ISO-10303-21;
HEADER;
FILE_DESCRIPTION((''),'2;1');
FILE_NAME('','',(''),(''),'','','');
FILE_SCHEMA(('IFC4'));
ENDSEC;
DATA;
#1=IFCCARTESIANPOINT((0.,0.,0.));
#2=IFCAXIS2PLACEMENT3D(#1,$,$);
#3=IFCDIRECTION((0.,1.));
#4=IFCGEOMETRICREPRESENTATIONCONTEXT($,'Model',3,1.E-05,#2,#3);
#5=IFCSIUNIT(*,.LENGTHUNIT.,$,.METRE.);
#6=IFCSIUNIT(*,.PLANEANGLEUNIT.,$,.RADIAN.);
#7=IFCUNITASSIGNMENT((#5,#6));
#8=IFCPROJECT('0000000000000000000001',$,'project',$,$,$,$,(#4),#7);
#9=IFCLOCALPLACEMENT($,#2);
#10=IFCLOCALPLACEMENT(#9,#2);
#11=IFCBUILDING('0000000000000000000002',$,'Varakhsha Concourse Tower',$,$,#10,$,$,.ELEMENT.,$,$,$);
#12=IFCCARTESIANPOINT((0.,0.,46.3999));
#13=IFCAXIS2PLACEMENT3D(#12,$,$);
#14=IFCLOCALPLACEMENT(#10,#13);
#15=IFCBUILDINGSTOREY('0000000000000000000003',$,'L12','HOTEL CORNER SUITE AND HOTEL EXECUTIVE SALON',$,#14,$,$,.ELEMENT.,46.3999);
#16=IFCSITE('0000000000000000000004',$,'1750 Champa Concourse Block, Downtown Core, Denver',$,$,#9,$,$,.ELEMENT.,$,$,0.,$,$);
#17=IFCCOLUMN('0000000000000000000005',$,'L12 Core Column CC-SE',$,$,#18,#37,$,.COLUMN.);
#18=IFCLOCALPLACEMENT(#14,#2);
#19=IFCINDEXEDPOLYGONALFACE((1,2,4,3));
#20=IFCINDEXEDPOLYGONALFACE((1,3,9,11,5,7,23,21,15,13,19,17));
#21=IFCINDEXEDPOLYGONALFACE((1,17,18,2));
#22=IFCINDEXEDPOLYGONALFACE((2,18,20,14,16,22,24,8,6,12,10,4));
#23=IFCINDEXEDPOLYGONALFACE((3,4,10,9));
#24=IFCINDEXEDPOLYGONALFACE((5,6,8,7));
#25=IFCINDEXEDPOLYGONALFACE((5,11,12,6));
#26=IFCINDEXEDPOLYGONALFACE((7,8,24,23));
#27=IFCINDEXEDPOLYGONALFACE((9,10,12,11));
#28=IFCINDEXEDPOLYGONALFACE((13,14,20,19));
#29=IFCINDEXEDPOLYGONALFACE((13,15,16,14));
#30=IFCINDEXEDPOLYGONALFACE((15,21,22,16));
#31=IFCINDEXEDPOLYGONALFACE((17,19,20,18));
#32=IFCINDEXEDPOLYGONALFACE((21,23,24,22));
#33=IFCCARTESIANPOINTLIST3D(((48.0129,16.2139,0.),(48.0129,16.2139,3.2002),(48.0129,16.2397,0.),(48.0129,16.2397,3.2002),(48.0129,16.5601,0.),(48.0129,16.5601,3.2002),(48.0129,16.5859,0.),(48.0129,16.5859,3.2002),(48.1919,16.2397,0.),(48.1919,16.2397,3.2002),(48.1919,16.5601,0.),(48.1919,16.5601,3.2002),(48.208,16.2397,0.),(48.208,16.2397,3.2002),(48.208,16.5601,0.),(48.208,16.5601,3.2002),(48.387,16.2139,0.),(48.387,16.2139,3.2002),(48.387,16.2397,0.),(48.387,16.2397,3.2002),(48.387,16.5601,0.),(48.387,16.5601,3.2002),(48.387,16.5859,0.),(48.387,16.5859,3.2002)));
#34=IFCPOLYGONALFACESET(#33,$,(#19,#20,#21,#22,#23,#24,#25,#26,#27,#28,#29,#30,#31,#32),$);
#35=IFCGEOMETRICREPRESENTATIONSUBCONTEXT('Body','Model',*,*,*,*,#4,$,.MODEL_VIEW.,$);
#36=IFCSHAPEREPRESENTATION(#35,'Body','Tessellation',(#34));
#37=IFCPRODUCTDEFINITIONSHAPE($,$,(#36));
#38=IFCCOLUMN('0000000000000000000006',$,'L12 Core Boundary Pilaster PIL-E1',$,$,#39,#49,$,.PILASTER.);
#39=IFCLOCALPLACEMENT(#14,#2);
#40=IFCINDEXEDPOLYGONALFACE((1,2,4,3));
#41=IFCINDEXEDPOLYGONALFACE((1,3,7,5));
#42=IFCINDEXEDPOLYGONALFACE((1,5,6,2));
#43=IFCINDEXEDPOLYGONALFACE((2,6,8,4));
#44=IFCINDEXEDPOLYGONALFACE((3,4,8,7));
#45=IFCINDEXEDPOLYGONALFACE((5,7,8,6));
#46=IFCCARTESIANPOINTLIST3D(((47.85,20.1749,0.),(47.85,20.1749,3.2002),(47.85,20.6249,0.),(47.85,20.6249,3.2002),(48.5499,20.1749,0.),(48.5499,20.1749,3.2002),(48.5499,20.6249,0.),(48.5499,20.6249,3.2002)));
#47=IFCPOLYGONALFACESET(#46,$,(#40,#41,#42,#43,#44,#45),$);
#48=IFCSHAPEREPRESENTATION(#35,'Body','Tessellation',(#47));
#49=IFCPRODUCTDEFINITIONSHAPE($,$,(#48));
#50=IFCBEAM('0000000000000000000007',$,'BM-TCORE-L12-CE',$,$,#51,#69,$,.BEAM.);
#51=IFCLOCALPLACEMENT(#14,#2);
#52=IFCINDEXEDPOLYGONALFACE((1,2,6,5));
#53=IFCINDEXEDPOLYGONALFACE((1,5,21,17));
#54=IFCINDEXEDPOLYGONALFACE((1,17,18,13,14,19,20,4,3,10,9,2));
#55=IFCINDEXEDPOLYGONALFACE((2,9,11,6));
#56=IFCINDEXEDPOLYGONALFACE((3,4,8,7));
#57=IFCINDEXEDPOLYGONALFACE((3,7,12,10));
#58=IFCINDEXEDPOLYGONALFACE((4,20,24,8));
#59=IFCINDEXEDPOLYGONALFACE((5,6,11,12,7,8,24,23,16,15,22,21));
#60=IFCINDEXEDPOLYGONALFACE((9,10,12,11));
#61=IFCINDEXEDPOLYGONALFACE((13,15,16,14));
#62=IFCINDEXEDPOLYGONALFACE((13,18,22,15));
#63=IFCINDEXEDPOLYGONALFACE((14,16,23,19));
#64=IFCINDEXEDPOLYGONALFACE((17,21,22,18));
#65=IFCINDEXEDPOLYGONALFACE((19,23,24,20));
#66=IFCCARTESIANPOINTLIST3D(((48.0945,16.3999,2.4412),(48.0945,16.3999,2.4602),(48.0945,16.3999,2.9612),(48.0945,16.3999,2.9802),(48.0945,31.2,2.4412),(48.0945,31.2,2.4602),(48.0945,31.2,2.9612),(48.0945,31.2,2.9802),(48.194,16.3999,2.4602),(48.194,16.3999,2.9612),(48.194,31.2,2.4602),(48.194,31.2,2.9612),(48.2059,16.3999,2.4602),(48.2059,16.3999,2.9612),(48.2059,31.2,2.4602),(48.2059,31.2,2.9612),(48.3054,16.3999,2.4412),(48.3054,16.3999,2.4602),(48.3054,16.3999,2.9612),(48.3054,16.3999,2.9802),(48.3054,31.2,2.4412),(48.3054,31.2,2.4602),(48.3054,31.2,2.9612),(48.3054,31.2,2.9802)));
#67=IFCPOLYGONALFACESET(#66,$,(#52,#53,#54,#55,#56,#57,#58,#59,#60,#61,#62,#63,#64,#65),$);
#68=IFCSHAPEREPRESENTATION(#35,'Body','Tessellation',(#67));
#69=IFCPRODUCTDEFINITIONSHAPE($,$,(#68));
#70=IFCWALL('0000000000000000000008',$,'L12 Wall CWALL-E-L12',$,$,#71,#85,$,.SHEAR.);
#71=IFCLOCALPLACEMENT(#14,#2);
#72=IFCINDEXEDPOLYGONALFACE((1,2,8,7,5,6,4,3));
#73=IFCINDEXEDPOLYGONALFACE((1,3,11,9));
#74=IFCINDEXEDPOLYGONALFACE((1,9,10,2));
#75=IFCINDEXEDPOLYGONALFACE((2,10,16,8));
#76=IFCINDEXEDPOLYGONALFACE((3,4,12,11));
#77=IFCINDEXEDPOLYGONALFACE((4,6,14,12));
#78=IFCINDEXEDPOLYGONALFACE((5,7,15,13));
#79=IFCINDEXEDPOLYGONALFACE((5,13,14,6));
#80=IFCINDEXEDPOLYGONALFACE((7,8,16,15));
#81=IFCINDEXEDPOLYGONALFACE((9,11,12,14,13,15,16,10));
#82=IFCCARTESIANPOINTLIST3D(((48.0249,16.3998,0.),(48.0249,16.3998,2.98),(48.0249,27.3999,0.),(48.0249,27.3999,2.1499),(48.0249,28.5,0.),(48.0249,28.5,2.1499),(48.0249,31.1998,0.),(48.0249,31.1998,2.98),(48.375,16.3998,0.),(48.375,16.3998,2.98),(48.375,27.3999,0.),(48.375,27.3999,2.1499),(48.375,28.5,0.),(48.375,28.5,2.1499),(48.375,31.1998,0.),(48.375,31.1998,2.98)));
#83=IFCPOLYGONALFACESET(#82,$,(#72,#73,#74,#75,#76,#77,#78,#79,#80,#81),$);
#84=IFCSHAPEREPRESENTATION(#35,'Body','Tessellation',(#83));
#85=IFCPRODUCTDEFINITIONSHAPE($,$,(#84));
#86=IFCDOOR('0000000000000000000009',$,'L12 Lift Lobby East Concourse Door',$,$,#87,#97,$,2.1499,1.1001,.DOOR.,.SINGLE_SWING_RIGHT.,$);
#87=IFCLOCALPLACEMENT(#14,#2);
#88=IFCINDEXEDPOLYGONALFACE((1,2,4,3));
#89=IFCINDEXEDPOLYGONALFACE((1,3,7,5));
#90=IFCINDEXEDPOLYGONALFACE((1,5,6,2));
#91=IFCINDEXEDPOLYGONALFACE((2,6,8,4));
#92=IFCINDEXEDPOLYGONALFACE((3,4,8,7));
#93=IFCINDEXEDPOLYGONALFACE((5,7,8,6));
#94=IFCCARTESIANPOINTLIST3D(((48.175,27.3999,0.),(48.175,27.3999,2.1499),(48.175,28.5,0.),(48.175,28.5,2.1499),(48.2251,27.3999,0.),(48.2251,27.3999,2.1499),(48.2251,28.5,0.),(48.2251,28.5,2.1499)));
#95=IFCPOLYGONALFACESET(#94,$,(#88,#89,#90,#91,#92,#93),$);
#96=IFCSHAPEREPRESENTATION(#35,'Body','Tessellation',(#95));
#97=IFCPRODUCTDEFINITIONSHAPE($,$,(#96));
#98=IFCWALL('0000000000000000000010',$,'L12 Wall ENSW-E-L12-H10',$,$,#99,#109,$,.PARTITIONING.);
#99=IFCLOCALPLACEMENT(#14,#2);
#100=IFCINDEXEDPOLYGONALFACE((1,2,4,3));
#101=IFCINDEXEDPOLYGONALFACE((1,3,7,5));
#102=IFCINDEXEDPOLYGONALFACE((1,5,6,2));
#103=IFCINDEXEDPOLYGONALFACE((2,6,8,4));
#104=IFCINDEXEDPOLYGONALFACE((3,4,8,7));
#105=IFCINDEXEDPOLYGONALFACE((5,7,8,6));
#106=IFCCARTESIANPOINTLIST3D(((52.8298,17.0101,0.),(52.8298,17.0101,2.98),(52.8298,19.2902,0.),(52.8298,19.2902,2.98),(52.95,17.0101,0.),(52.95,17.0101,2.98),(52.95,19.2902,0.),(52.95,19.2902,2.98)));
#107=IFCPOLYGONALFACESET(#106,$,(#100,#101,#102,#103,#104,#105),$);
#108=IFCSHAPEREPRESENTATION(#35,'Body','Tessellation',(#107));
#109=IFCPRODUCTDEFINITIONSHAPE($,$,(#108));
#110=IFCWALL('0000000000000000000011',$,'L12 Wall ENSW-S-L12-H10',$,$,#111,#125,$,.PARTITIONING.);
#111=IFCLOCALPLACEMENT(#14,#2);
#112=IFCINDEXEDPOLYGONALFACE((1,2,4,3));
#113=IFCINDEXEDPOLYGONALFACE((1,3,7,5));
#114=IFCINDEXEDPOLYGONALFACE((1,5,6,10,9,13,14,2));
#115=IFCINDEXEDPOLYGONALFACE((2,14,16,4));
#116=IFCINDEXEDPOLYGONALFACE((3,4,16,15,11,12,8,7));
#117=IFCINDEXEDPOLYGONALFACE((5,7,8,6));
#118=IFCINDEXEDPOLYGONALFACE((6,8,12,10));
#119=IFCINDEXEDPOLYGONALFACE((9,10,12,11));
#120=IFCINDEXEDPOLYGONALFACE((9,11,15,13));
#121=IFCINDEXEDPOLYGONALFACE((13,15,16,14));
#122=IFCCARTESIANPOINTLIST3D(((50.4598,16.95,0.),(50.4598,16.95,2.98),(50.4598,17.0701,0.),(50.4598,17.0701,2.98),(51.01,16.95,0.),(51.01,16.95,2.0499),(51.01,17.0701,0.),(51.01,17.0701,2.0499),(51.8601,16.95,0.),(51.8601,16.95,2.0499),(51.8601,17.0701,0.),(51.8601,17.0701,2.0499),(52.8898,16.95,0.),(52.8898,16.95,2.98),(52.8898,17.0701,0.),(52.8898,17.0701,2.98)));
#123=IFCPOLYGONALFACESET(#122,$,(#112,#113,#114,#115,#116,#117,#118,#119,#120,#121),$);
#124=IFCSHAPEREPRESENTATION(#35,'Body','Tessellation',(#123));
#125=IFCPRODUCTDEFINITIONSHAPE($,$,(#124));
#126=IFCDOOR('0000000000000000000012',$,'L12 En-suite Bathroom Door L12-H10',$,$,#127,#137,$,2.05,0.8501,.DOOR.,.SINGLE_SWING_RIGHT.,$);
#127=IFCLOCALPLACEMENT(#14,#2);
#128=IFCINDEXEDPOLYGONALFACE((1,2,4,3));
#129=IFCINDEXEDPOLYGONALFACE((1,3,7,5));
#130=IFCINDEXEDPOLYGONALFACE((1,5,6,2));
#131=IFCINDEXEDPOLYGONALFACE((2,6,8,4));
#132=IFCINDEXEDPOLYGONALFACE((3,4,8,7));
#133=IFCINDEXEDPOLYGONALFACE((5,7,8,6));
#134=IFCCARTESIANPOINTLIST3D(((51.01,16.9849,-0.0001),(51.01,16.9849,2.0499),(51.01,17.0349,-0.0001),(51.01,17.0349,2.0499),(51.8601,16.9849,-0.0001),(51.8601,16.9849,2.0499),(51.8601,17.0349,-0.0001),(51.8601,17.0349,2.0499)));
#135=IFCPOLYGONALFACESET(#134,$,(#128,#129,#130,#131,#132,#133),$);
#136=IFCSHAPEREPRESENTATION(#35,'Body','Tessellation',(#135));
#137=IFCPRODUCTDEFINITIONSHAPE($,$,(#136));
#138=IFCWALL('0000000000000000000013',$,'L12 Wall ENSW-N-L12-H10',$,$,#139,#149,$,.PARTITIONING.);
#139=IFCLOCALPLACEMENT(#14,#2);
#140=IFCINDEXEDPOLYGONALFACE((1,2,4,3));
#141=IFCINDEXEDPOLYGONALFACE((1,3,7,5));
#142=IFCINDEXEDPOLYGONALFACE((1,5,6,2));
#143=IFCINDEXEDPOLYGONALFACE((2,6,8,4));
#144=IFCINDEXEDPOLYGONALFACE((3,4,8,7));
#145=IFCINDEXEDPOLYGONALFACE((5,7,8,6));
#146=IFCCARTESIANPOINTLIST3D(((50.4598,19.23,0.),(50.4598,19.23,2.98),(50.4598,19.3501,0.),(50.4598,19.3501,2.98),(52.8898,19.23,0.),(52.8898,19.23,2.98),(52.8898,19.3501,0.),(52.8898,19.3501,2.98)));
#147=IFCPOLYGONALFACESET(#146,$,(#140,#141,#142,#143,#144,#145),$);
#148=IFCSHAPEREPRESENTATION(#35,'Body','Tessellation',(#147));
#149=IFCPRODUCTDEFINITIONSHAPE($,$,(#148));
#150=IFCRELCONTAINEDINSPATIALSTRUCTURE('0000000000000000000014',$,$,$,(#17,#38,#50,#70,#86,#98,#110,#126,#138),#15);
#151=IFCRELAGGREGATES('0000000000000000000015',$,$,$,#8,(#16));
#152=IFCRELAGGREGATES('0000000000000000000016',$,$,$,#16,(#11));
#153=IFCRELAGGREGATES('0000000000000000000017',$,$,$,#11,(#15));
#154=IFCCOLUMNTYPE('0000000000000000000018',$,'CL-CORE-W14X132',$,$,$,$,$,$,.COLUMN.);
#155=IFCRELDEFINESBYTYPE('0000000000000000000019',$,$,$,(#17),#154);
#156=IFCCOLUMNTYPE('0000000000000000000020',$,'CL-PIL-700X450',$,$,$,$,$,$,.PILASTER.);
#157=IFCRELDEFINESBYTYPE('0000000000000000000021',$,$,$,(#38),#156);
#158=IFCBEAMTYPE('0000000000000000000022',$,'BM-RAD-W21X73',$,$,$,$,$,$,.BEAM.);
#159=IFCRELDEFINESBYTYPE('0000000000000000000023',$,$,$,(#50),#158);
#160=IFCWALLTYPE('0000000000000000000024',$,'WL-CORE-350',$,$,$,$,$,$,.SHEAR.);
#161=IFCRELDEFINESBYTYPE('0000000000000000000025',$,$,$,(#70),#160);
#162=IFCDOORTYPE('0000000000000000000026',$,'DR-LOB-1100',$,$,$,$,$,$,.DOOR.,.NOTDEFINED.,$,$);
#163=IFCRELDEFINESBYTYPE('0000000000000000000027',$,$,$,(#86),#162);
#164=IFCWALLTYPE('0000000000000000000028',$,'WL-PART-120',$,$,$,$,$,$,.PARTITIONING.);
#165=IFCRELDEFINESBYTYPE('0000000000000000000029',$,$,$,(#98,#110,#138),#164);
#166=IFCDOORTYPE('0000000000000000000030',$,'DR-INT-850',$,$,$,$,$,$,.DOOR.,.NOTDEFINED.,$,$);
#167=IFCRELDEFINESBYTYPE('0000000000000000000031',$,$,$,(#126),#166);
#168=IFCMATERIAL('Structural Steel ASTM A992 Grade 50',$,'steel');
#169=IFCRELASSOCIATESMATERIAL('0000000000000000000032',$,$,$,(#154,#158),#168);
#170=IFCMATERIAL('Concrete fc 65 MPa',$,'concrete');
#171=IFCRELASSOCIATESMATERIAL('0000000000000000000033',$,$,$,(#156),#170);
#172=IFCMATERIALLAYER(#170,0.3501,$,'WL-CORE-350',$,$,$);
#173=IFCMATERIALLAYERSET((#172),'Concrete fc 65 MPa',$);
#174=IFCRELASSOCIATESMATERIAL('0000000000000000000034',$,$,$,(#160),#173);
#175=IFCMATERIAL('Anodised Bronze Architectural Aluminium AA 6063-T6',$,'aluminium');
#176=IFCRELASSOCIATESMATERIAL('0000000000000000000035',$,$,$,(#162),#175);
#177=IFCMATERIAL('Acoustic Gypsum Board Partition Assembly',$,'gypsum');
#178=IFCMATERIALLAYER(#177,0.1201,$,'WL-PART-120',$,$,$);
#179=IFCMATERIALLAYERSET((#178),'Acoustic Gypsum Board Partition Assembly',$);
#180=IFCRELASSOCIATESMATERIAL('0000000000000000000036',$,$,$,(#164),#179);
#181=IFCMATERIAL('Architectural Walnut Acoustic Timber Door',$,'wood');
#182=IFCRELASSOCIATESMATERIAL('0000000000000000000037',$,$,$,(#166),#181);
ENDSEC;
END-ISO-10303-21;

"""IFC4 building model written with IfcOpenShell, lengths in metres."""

from ifc_helpers import new_model, si_unit, direction, frame, frame_2d, origin, origin_2d, place, context, subcontext, project, spatial, rectangle, i_section, extrude, material, layer, layer_set, material_profile, profile_set, type_object, element, fill, save


model = new_model("IFC4")

# Units and contexts
model_context = context("Model", 3, precision=1e-05, world=origin(), true_north=direction((0.0, 1.0)))
body_context = subcontext(model_context, "Body", "Model", "MODEL_VIEW")
ifc_project = project(units=[si_unit("LENGTHUNIT", "METRE"), si_unit("PLANEANGLEUNIT", "RADIAN")], contexts=[model_context])

# Site, building, storey
site_placement = place(None, origin())
site = spatial("IfcSite", under=ifc_project, at=site_placement, Name="1750 Champa Concourse Block, Downtown Core, Denver", CompositionType="ELEMENT", RefElevation=0.0)
building_placement = place(site_placement, origin())
building = spatial("IfcBuilding", under=site, at=building_placement, Name="Varakhsha Concourse Tower", CompositionType="ELEMENT")
storey_placement = place(building_placement, frame((0.0, 0.0, 46.3999)))
storey = spatial("IfcBuildingStorey", under=building, at=storey_placement, Name="L12", Description="HOTEL CORNER SUITE AND HOTEL EXECUTIVE SALON", CompositionType="ELEMENT", Elevation=46.3999)

# Columns
ifc_material_1 = material(Name="Structural Steel ASTM A992 Grade 50", Category="steel")
ifc_material_profile_1 = material_profile(ifc_material_1, i_section(OverallWidth=0.374, OverallDepth=0.3721, WebThickness=0.0161, FlangeThickness=0.0259, at=origin_2d()), Name="W14X132")
ifc_profile_set_1 = profile_set([ifc_material_profile_1], Name="Structural Steel ASTM A992 Grade 50")
column_type_1 = type_object("IfcColumnType", Name="CL-CORE-W14X132", PredefinedType="COLUMN", material=ifc_profile_set_1)
column_1_placement = place(storey_placement, frame((48.2, 16.3999, 0.0), z_axis=(0.0, 0.0, 1.0), x_axis=(1.0, 0.0, 0.0)))
element("IfcColumn", 1, at=column_1_placement, inside=storey, type_object=column_type_1, Name="L12 Core Column CC-SE", PredefinedType="COLUMN", context=body_context, shape_type="SweptSolid", body=[
    extrude(i_section(OverallWidth=0.374, OverallDepth=0.3721, WebThickness=0.0161, FlangeThickness=0.0259, at=origin_2d()), origin(), (0.0, 0.0, 1.0), 3.2002),
])
ifc_material_2 = material(Name="Concrete fc 65 MPa", Category="concrete")
ifc_material_profile_2 = material_profile(ifc_material_2, rectangle(XDim=0.7, YDim=0.45, at=origin_2d()), Name="RC 700x450")
ifc_profile_set_2 = profile_set([ifc_material_profile_2], Name="Concrete fc 65 MPa")
column_type_2 = type_object("IfcColumnType", Name="CL-PIL-700X450", PredefinedType="PILASTER", material=ifc_profile_set_2)
column_2_placement = place(storey_placement, frame((48.2, 20.3999, 0.0), z_axis=(0.0, 0.0, 1.0), x_axis=(1.0, 0.0, 0.0)))
element("IfcColumn", 2, at=column_2_placement, inside=storey, type_object=column_type_2, Name="L12 Core Boundary Pilaster PIL-E1", PredefinedType="PILASTER", context=body_context, shape_type="SweptSolid", body=[
    extrude(rectangle(XDim=0.7, YDim=0.45, at=origin_2d()), origin(), (0.0, 0.0, 1.0), 3.2002),
])

# Beam
ifc_material_profile_3 = material_profile(ifc_material_1, i_section(OverallWidth=0.2109, OverallDepth=0.5391, WebThickness=0.012, FlangeThickness=0.019, at=origin_2d()), Name="W21X73")
ifc_profile_set_3 = profile_set([ifc_material_profile_3], Name="Structural Steel ASTM A992 Grade 50")
beam_type = type_object("IfcBeamType", Name="BM-RAD-W21X73", PredefinedType="BEAM", material=ifc_profile_set_3)
beam_placement = place(storey_placement, frame((48.2, 16.3999, 2.7107), z_axis=(0.0, 1.0, 0.0), x_axis=(-1.0, 0.0, 0.0)))
element("IfcBeam", 3, at=beam_placement, inside=storey, type_object=beam_type, Name="BM-TCORE-L12-CE", PredefinedType="BEAM", context=body_context, shape_type="SweptSolid", body=[
    extrude(i_section(OverallWidth=0.2109, OverallDepth=0.5391, WebThickness=0.012, FlangeThickness=0.019, at=origin_2d()), origin(), (0.0, 0.0, 1.0), 14.8),
])

# Wall, opening, door
ifc_layer_1 = layer(ifc_material_2, 0.3501, Name="WL-CORE-350")
ifc_layer_set_1 = layer_set([ifc_layer_1], Name="Concrete fc 65 MPa")
wall_type_1 = type_object("IfcWallType", Name="WL-CORE-350", PredefinedType="SHEAR", material=ifc_layer_set_1)
wall_1_placement = place(storey_placement, frame((48.2, 16.3999, 0.0), z_axis=(0.0, 0.0, 1.0), x_axis=(0.0, 1.0, 0.0)))
wall_1 = element("IfcWall", 4, at=wall_1_placement, inside=storey, type_object=wall_type_1, Name="L12 Wall CWALL-E-L12", PredefinedType="SHEAR", context=body_context, shape_type="SweptSolid", body=[
    extrude(rectangle(XDim=14.8, YDim=0.3501, at=frame_2d((7.3999, 0.0))), origin(), (0.0, 0.0, 1.0), 2.98),
])
opening_1_placement = place(wall_1_placement, frame((11.0, 0.0, 0.0)))
opening_1 = element("IfcOpeningElement", 5, at=opening_1_placement, cuts=wall_1, PredefinedType="OPENING", context=body_context, shape_type="SweptSolid", body=[
    extrude(rectangle(XDim=1.1001, YDim=2.1499, at=frame_2d((0.55, 1.075))), frame((0.0, 0.1851, 0.0), z_axis=(0.0, -1.0, 0.0), x_axis=(1.0, 0.0, 0.0)), (0.0, 0.0, 1.0), 0.3701),
])
ifc_material_3 = material(Name="Anodised Bronze Architectural Aluminium AA 6063-T6", Category="aluminium")
door_type_1 = type_object("IfcDoorType", Name="DR-LOB-1100", OperationType="NOTDEFINED", PredefinedType="DOOR", material=ifc_material_3)
door_1_placement = place(opening_1_placement, origin())
door_1 = element("IfcDoor", 6, at=door_1_placement, inside=storey, type_object=door_type_1, Name="L12 Lift Lobby East Concourse Door", OperationType="SINGLE_SWING_RIGHT", OverallHeight=2.1499, OverallWidth=1.1001, PredefinedType="DOOR", context=body_context, shape_type="SweptSolid", body=[
    extrude(rectangle(XDim=1.1001, YDim=2.1499, at=frame_2d((0.55, 1.075))), frame((0.0, 0.0249, 0.0), z_axis=(0.0, -1.0, 0.0), x_axis=(1.0, 0.0, 0.0)), (0.0, 0.0, 1.0), 0.05),
])
fill(opening_1, door_1)

# Wall
ifc_material_4 = material(Name="Acoustic Gypsum Board Partition Assembly", Category="gypsum")
ifc_layer_2 = layer(ifc_material_4, 0.1201, Name="WL-PART-120")
ifc_layer_set_2 = layer_set([ifc_layer_2], Name="Acoustic Gypsum Board Partition Assembly")
wall_type_2 = type_object("IfcWallType", Name="WL-PART-120", PredefinedType="PARTITIONING", material=ifc_layer_set_2)
wall_2_placement = place(storey_placement, frame((52.8899, 17.01, 0.0), z_axis=(0.0, 0.0, 1.0), x_axis=(0.0, 1.0, 0.0)))
element("IfcWall", 7, at=wall_2_placement, inside=storey, type_object=wall_type_2, Name="L12 Wall ENSW-E-L12-H10", PredefinedType="PARTITIONING", context=body_context, shape_type="SweptSolid", body=[
    extrude(rectangle(XDim=2.28, YDim=0.1201, at=frame_2d((1.1401, 0.0))), origin(), (0.0, 0.0, 1.0), 2.98),
])

# Wall, opening, door
wall_3_placement = place(storey_placement, frame((50.46, 17.01, 0.0), z_axis=(0.0, 0.0, 1.0), x_axis=(1.0, 0.0, 0.0)))
wall_3 = element("IfcWall", 8, at=wall_3_placement, inside=storey, type_object=wall_type_2, Name="L12 Wall ENSW-S-L12-H10", PredefinedType="PARTITIONING", context=body_context, shape_type="SweptSolid", body=[
    extrude(rectangle(XDim=2.4299, YDim=0.1201, at=frame_2d((1.2148, 0.0))), origin(), (0.0, 0.0, 1.0), 2.98),
])
opening_2_placement = place(wall_3_placement, frame((0.55, 0.0, 0.0)))
opening_2 = element("IfcOpeningElement", 9, at=opening_2_placement, cuts=wall_3, PredefinedType="OPENING", context=body_context, shape_type="SweptSolid", body=[
    extrude(rectangle(XDim=0.8501, YDim=2.05, at=frame_2d((0.425, 1.0249))), frame((0.0, 0.0701, 0.0), z_axis=(0.0, -1.0, 0.0), x_axis=(1.0, 0.0, 0.0)), (0.0, 0.0, 1.0), 0.1401),
])
ifc_material_5 = material(Name="Architectural Walnut Acoustic Timber Door", Category="wood")
door_type_2 = type_object("IfcDoorType", Name="DR-INT-850", OperationType="NOTDEFINED", PredefinedType="DOOR", material=ifc_material_5)
door_2_placement = place(opening_2_placement, origin())
door_2 = element("IfcDoor", 10, at=door_2_placement, inside=storey, type_object=door_type_2, Name="L12 En-suite Bathroom Door L12-H10", OperationType="SINGLE_SWING_RIGHT", OverallHeight=2.05, OverallWidth=0.8501, PredefinedType="DOOR", context=body_context, shape_type="SweptSolid", body=[
    extrude(rectangle(XDim=0.8501, YDim=2.05, at=frame_2d((0.425, 1.0249))), frame((0.0, 0.0249, 0.0), z_axis=(0.0, -1.0, 0.0), x_axis=(1.0, 0.0, 0.0)), (0.0, 0.0, 1.0), 0.05),
])
fill(opening_2, door_2)

# Wall
wall_4_placement = place(storey_placement, frame((50.46, 19.29, 0.0), z_axis=(0.0, 0.0, 1.0), x_axis=(1.0, 0.0, 0.0)))
element("IfcWall", 11, at=wall_4_placement, inside=storey, type_object=wall_type_2, Name="L12 Wall ENSW-N-L12-H10", PredefinedType="PARTITIONING", context=body_context, shape_type="SweptSolid", body=[
    extrude(rectangle(XDim=2.4299, YDim=0.1201, at=frame_2d((1.2148, 0.0))), origin(), (0.0, 0.0, 1.0), 2.98),
])

save(model, "model.ifc")
